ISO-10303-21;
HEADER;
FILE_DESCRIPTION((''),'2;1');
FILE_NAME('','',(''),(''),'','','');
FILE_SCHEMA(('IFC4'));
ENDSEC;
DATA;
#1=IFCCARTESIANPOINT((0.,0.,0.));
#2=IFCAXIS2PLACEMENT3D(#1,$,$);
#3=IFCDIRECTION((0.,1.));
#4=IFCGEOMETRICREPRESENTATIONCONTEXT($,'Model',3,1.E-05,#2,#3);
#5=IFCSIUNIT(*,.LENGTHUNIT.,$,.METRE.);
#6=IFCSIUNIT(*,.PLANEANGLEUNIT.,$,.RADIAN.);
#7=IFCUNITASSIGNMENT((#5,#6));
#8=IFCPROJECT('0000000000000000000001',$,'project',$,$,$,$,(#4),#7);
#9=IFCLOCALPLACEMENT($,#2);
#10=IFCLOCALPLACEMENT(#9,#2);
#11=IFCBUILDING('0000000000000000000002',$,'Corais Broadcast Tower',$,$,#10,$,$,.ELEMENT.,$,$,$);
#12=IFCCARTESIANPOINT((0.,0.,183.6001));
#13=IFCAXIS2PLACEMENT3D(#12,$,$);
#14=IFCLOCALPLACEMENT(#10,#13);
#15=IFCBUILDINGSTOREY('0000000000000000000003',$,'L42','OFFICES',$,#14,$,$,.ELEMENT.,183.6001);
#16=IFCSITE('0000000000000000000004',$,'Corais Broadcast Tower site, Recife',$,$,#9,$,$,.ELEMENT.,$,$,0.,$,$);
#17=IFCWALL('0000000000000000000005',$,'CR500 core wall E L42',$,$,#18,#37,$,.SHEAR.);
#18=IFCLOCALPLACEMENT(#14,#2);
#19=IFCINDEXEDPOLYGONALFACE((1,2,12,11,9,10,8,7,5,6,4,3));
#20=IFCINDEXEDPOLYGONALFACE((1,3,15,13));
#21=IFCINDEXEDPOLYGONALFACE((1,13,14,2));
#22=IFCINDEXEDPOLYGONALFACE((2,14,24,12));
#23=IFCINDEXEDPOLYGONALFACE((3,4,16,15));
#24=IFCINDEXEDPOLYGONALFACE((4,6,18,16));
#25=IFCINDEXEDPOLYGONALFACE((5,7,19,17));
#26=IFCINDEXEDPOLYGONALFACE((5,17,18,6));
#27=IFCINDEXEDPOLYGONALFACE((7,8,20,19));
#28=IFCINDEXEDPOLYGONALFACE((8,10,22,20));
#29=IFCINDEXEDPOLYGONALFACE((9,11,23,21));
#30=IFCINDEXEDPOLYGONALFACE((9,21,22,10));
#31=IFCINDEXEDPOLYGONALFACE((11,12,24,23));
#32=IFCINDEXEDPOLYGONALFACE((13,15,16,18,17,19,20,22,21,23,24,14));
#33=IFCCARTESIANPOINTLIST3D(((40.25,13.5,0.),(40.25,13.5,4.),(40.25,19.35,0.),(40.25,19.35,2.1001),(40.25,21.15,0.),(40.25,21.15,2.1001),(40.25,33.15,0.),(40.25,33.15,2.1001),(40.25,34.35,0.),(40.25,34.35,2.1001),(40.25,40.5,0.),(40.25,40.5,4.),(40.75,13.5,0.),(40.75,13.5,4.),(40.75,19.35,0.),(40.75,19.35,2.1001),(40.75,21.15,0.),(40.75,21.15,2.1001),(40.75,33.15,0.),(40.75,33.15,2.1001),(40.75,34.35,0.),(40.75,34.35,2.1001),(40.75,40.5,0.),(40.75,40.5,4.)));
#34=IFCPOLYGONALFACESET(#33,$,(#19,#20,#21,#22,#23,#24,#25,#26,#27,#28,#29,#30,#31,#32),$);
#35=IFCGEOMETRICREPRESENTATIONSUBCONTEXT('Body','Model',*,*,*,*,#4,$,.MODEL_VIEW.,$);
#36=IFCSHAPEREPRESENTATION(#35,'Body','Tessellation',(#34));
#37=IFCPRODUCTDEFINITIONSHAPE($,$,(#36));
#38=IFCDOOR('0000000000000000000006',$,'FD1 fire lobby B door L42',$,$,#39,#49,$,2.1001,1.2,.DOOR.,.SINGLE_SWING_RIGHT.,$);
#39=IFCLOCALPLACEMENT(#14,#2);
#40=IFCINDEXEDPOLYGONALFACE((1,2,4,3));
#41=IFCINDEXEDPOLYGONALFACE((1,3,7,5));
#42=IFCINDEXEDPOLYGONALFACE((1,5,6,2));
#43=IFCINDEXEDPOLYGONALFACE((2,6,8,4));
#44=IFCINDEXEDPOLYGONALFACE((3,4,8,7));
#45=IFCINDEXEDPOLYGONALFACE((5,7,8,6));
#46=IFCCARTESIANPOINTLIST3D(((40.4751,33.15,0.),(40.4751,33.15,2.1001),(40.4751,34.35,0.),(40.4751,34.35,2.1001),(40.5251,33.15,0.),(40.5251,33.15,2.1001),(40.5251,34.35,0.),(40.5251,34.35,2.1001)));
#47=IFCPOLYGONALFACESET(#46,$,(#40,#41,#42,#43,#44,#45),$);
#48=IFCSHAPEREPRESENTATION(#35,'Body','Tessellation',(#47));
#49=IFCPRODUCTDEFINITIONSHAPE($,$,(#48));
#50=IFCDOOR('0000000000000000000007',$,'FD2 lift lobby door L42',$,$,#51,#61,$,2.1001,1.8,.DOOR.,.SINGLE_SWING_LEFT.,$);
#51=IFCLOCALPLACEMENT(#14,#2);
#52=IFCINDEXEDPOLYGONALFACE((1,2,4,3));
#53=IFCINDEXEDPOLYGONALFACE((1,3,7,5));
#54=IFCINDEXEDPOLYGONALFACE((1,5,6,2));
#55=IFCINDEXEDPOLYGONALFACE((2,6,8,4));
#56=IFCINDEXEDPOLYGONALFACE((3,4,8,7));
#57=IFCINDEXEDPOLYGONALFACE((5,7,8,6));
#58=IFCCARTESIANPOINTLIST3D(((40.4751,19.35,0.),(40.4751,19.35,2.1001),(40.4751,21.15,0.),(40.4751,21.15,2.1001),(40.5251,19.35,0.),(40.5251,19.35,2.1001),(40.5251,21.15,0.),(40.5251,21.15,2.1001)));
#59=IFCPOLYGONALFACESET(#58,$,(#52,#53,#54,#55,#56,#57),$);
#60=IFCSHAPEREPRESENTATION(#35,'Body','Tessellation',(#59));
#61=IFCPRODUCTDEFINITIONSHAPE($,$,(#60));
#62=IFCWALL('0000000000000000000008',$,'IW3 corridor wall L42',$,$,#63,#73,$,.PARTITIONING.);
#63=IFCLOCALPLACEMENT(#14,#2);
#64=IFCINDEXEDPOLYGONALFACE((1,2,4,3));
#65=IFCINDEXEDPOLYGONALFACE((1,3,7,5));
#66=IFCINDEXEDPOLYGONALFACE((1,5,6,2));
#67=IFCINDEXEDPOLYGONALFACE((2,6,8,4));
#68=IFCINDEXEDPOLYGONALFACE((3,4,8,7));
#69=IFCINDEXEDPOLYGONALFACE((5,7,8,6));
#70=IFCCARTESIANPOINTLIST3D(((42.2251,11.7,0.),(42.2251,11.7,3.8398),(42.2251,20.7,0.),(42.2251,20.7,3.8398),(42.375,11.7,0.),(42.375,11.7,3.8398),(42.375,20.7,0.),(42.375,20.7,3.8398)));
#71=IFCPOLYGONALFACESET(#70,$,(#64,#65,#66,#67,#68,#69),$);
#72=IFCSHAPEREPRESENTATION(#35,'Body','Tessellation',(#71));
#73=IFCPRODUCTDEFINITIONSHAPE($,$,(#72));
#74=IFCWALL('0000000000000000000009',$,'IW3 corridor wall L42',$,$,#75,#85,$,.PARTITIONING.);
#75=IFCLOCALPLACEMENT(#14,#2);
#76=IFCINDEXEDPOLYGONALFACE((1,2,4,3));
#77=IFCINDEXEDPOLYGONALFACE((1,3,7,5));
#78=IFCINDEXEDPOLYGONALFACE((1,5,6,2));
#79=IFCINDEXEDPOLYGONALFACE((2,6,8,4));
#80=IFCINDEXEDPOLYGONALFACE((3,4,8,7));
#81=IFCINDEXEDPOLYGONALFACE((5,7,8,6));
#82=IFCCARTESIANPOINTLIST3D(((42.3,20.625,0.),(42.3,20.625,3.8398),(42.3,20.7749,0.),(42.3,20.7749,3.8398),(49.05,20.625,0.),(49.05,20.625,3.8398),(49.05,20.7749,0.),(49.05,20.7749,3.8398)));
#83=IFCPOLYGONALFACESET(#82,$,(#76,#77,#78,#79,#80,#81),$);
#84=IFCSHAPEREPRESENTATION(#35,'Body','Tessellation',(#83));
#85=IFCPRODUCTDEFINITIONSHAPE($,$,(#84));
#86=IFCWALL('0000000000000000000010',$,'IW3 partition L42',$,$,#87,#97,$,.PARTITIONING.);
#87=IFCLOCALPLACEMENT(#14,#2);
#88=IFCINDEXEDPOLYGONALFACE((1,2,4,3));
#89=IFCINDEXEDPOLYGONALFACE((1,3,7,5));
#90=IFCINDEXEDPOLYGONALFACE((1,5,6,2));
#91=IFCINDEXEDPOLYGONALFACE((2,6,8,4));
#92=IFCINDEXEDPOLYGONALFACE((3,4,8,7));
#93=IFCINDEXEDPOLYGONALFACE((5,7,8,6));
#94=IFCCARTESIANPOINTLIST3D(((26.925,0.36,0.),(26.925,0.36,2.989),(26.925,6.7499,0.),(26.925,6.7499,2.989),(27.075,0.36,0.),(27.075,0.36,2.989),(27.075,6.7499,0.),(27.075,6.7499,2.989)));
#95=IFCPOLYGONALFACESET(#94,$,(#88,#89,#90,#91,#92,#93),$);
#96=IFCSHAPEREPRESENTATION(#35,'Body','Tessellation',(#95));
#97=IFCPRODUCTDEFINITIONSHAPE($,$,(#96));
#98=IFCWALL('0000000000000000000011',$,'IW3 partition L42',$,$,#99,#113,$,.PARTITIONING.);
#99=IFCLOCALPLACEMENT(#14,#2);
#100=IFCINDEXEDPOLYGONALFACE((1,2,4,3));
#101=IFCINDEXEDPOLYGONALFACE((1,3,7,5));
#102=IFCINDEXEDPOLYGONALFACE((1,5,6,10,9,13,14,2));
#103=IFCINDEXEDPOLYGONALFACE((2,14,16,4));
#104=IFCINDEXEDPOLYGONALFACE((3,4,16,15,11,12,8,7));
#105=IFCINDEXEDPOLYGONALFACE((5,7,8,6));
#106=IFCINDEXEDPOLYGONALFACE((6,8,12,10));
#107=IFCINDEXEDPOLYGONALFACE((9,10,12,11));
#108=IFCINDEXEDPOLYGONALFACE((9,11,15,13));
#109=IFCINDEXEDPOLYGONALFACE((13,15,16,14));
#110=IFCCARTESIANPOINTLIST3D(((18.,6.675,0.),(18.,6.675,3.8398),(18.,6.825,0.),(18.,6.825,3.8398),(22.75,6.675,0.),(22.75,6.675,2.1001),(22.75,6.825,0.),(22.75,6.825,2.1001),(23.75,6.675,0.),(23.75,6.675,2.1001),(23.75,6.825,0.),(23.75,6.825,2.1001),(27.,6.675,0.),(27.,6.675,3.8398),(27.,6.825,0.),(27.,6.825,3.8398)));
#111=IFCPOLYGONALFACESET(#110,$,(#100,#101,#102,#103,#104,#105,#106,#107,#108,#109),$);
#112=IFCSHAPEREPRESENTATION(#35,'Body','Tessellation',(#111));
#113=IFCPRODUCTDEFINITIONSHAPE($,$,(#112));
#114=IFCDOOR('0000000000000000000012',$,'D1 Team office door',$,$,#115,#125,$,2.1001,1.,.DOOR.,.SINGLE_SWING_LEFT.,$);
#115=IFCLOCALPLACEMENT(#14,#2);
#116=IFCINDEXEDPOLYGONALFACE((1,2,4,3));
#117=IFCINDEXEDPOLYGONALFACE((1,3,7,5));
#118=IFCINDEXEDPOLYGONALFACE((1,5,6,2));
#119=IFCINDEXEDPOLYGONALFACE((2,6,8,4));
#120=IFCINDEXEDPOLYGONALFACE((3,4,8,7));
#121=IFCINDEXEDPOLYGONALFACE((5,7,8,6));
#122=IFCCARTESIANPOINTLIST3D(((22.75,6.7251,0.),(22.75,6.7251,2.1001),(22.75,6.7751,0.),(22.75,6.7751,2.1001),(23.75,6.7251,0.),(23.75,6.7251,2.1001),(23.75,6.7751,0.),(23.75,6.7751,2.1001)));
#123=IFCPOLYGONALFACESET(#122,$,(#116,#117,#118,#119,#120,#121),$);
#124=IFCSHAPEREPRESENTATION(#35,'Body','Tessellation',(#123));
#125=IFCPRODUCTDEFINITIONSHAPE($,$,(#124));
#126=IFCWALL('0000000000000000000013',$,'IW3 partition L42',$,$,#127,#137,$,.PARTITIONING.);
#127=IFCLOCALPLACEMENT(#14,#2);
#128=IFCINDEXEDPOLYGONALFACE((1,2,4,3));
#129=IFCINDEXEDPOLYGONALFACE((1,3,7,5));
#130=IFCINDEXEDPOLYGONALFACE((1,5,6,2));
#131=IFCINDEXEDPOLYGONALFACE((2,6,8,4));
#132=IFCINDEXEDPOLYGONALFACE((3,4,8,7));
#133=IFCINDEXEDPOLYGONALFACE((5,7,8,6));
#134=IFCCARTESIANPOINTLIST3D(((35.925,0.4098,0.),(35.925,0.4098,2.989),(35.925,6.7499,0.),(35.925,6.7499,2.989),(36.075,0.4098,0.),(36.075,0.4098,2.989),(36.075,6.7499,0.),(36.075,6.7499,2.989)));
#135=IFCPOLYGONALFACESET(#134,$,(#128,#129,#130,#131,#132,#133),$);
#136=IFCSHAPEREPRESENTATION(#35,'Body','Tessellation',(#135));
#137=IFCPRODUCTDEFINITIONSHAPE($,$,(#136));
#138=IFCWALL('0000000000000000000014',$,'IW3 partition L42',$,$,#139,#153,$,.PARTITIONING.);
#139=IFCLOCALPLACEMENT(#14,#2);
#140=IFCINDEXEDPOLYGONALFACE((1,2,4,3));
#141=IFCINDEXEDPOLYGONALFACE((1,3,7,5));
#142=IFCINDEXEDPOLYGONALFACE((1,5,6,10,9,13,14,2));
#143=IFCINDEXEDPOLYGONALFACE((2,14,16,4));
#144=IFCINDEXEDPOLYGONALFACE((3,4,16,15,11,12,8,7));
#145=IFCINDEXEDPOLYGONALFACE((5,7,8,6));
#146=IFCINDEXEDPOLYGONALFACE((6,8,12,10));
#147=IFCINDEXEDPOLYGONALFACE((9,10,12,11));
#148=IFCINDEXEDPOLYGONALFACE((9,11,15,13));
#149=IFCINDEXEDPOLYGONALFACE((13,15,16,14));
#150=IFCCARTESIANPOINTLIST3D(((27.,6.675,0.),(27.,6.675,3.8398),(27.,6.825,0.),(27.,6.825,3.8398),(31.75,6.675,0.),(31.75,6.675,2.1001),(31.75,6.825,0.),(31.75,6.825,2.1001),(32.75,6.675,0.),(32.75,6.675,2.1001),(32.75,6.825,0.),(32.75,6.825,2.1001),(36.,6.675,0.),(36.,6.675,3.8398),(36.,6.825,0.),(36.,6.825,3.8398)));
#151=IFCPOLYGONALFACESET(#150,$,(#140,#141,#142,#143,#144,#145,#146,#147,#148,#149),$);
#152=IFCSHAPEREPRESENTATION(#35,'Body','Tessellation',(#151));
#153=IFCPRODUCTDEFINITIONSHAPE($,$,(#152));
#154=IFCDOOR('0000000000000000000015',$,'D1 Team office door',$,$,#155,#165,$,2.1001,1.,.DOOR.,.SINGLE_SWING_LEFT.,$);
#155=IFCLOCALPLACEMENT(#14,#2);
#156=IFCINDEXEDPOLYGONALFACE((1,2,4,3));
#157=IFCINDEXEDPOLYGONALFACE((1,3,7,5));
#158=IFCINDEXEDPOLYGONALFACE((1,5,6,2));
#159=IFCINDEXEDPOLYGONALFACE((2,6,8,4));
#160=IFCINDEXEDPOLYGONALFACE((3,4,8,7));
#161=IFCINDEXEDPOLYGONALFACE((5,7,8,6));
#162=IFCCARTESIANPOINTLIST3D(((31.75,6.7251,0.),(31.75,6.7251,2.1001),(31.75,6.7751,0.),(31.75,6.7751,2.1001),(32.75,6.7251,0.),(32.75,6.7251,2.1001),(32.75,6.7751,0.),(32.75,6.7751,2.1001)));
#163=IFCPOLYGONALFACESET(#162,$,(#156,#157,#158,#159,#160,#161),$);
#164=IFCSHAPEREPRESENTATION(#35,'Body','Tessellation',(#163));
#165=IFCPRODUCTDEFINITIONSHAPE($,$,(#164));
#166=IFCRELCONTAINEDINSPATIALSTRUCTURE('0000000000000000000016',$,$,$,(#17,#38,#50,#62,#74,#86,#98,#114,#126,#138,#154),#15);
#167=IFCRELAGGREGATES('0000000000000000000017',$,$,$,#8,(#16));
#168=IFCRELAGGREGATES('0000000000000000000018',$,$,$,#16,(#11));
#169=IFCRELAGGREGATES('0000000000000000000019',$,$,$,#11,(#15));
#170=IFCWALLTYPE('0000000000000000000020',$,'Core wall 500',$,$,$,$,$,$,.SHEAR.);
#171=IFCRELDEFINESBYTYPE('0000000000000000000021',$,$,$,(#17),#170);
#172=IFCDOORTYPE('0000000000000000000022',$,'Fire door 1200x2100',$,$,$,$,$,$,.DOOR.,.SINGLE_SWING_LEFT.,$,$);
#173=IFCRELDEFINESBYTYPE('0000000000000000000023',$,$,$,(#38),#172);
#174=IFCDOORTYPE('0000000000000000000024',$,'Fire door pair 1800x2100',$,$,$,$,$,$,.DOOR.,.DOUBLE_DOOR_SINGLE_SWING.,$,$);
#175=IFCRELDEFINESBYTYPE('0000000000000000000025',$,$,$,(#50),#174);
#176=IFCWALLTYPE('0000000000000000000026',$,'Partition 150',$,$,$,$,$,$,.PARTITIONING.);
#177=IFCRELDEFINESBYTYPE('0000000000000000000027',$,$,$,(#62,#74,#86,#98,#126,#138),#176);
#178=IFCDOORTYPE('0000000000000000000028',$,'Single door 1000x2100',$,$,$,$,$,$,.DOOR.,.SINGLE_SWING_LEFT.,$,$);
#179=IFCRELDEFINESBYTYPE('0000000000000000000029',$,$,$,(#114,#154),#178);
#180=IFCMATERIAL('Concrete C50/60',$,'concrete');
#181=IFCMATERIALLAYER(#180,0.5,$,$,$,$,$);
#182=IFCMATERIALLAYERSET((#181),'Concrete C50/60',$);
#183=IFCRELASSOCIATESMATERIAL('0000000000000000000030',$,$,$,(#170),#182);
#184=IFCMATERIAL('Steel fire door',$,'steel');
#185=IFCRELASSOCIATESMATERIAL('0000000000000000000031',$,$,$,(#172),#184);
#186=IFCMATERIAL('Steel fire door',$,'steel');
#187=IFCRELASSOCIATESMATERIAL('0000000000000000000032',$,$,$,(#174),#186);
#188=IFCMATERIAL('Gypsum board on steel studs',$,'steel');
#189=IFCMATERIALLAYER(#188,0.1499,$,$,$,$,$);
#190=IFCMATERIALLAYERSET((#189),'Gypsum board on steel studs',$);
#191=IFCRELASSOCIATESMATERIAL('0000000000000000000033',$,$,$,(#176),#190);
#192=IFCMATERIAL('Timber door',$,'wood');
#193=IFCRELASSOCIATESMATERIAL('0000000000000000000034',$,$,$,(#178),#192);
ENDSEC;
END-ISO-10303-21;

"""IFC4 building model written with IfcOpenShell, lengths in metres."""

from ifc_helpers import new_model, si_unit, direction, frame, frame_2d, origin, place, context, subcontext, project, spatial, rectangle, extrude, material, layer, layer_set, type_object, element, fill, save


model = new_model("IFC4")

# Units and contexts
model_context = context("Model", 3, precision=1e-05, world=origin(), true_north=direction((0.0, 1.0)))
body_context = subcontext(model_context, "Body", "Model", "MODEL_VIEW")
ifc_project = project(units=[si_unit("LENGTHUNIT", "METRE"), si_unit("PLANEANGLEUNIT", "RADIAN")], contexts=[model_context])

# Site, building, storey
site_placement = place(None, origin())
site = spatial("IfcSite", under=ifc_project, at=site_placement, Name="Corais Broadcast Tower site, Recife", CompositionType="ELEMENT", RefElevation=0.0)
building_placement = place(site_placement, origin())
building = spatial("IfcBuilding", under=site, at=building_placement, Name="Corais Broadcast Tower", CompositionType="ELEMENT")
storey_placement = place(building_placement, frame((0.0, 0.0, 183.6001)))
storey = spatial("IfcBuildingStorey", under=building, at=storey_placement, Name="L42", Description="OFFICES", CompositionType="ELEMENT", Elevation=183.6001)

# Wall, openings, doors
ifc_material_1 = material(Name="Concrete C50/60", Category="concrete")
ifc_layer_1 = layer(ifc_material_1, 0.5)
ifc_layer_set_1 = layer_set([ifc_layer_1], Name="Concrete C50/60")
wall_type_1 = type_object("IfcWallType", Name="Core wall 500", PredefinedType="SHEAR", material=ifc_layer_set_1)
wall_1_placement = place(storey_placement, frame((40.5, 13.5, 0.0), z_axis=(0.0, 0.0, 1.0), x_axis=(0.0, 1.0, 0.0)))
wall_1 = element("IfcWall", 1, at=wall_1_placement, inside=storey, type_object=wall_type_1, Name="CR500 core wall E L42", PredefinedType="SHEAR", context=body_context, shape_type="SweptSolid", body=[
    extrude(rectangle(XDim=27.0, YDim=0.5, at=frame_2d((13.5, 0.0))), origin(), (0.0, 0.0, 1.0), 4.0),
])
opening_1_placement = place(wall_1_placement, frame((5.8501, 0.0, 0.0)))
opening_1 = element("IfcOpeningElement", 2, at=opening_1_placement, cuts=wall_1, PredefinedType="OPENING", context=body_context, shape_type="SweptSolid", body=[
    extrude(rectangle(XDim=1.8, YDim=2.1001, at=frame_2d((0.8999, 1.05))), frame((0.0, 0.26, 0.0), z_axis=(0.0, -1.0, 0.0), x_axis=(1.0, 0.0, 0.0)), (0.0, 0.0, 1.0), 0.52),
])
opening_2_placement = place(wall_1_placement, frame((19.6499, 0.0, 0.0)))
opening_2 = element("IfcOpeningElement", 3, at=opening_2_placement, cuts=wall_1, PredefinedType="OPENING", context=body_context, shape_type="SweptSolid", body=[
    extrude(rectangle(XDim=1.2, YDim=2.1001, at=frame_2d((0.6001, 1.05))), frame((0.0, 0.26, 0.0), z_axis=(0.0, -1.0, 0.0), x_axis=(1.0, 0.0, 0.0)), (0.0, 0.0, 1.0), 0.52),
])
ifc_material_2 = material(Name="Steel fire door", Category="steel")
door_type_1 = type_object("IfcDoorType", Name="Fire door 1200x2100", OperationType="SINGLE_SWING_LEFT", PredefinedType="DOOR", material=ifc_material_2)
door_1_placement = place(opening_2_placement, origin())
door_1 = element("IfcDoor", 4, at=door_1_placement, inside=storey, type_object=door_type_1, Name="FD1 fire lobby B door L42", OperationType="SINGLE_SWING_RIGHT", OverallHeight=2.1001, OverallWidth=1.2, PredefinedType="DOOR", context=body_context, shape_type="SweptSolid", body=[
    extrude(rectangle(XDim=1.2, YDim=2.1001, at=frame_2d((0.6001, 1.05))), frame((0.0, 0.0249, 0.0), z_axis=(0.0, -1.0, 0.0), x_axis=(1.0, 0.0, 0.0)), (0.0, 0.0, 1.0), 0.05),
])
fill(opening_2, door_1)
ifc_material_3 = material(Name="Steel fire door", Category="steel")
door_type_2 = type_object("IfcDoorType", Name="Fire door pair 1800x2100", OperationType="DOUBLE_DOOR_SINGLE_SWING", PredefinedType="DOOR", material=ifc_material_3)
door_2_placement = place(opening_1_placement, origin())
door_2 = element("IfcDoor", 5, at=door_2_placement, inside=storey, type_object=door_type_2, Name="FD2 lift lobby door L42", OperationType="SINGLE_SWING_LEFT", OverallHeight=2.1001, OverallWidth=1.8, PredefinedType="DOOR", context=body_context, shape_type="SweptSolid", body=[
    extrude(rectangle(XDim=1.8, YDim=2.1001, at=frame_2d((0.8999, 1.05))), frame((0.0, 0.0249, 0.0), z_axis=(0.0, -1.0, 0.0), x_axis=(1.0, 0.0, 0.0)), (0.0, 0.0, 1.0), 0.05),
])
fill(opening_1, door_2)

# Walls
ifc_material_4 = material(Name="Gypsum board on steel studs", Category="steel")
ifc_layer_2 = layer(ifc_material_4, 0.1499)
ifc_layer_set_2 = layer_set([ifc_layer_2], Name="Gypsum board on steel studs")
wall_type_2 = type_object("IfcWallType", Name="Partition 150", PredefinedType="PARTITIONING", material=ifc_layer_set_2)
wall_2_placement = place(storey_placement, frame((42.3, 11.7, 0.0), z_axis=(0.0, 0.0, 1.0), x_axis=(0.0, 1.0, 0.0)))
element("IfcWall", 6, at=wall_2_placement, inside=storey, type_object=wall_type_2, Name="IW3 corridor wall L42", PredefinedType="PARTITIONING", context=body_context, shape_type="SweptSolid", body=[
    extrude(rectangle(XDim=9.0, YDim=0.1499, at=frame_2d((4.5, 0.0))), origin(), (0.0, 0.0, 1.0), 3.8398),
])
wall_3_placement = place(storey_placement, frame((42.3, 20.7, 0.0), z_axis=(0.0, 0.0, 1.0), x_axis=(1.0, 0.0, 0.0)))
element("IfcWall", 7, at=wall_3_placement, inside=storey, type_object=wall_type_2, Name="IW3 corridor wall L42", PredefinedType="PARTITIONING", context=body_context, shape_type="SweptSolid", body=[
    extrude(rectangle(XDim=6.75, YDim=0.1499, at=frame_2d((3.375, 0.0))), origin(), (0.0, 0.0, 1.0), 3.8398),
])
wall_4_placement = place(storey_placement, frame((27.0, 0.3601, 0.0), z_axis=(0.0, 0.0, 1.0), x_axis=(0.0, 1.0, 0.0)))
element("IfcWall", 8, at=wall_4_placement, inside=storey, type_object=wall_type_2, Name="IW3 partition L42", PredefinedType="PARTITIONING", context=body_context, shape_type="SweptSolid", body=[
    extrude(rectangle(XDim=6.3899, YDim=0.1499, at=frame_2d((3.1948, 0.0))), origin(), (0.0, 0.0, 1.0), 2.989),
])

# Wall, opening, door
wall_5_placement = place(storey_placement, frame((27.0, 6.75, 0.0), z_axis=(0.0, 0.0, 1.0), x_axis=(-1.0, 0.0, 0.0)))
wall_5 = element("IfcWall", 9, at=wall_5_placement, inside=storey, type_object=wall_type_2, Name="IW3 partition L42", PredefinedType="PARTITIONING", context=body_context, shape_type="SweptSolid", body=[
    extrude(rectangle(XDim=9.0, YDim=0.1499, at=frame_2d((4.5, 0.0))), origin(), (0.0, 0.0, 1.0), 3.8398),
])
opening_3_placement = place(wall_5_placement, frame((3.25, 0.0, 0.0)))
opening_3 = element("IfcOpeningElement", 10, at=opening_3_placement, cuts=wall_5, PredefinedType="OPENING", context=body_context, shape_type="SweptSolid", body=[
    extrude(rectangle(XDim=1.0, YDim=2.1001, at=frame_2d((0.5, 1.05))), frame((0.0, 0.085, 0.0), z_axis=(0.0, -1.0, 0.0), x_axis=(1.0, 0.0, 0.0)), (0.0, 0.0, 1.0), 0.1699),
])
ifc_material_5 = material(Name="Timber door", Category="wood")
door_type_3 = type_object("IfcDoorType", Name="Single door 1000x2100", OperationType="SINGLE_SWING_LEFT", PredefinedType="DOOR", material=ifc_material_5)
door_3_placement = place(opening_3_placement, origin())
door_3 = element("IfcDoor", 11, at=door_3_placement, inside=storey, type_object=door_type_3, Name="D1 Team office door", OperationType="SINGLE_SWING_LEFT", OverallHeight=2.1001, OverallWidth=1.0, PredefinedType="DOOR", context=body_context, shape_type="SweptSolid", body=[
    extrude(rectangle(XDim=1.0, YDim=2.1001, at=frame_2d((0.5, 1.05))), frame((0.0, 0.0249, 0.0), z_axis=(0.0, -1.0, 0.0), x_axis=(1.0, 0.0, 0.0)), (0.0, 0.0, 1.0), 0.05),
])
fill(opening_3, door_3)

# Wall
wall_6_placement = place(storey_placement, frame((36.0, 0.4099, 0.0), z_axis=(0.0, 0.0, 1.0), x_axis=(0.0, 1.0, 0.0)))
element("IfcWall", 12, at=wall_6_placement, inside=storey, type_object=wall_type_2, Name="IW3 partition L42", PredefinedType="PARTITIONING", context=body_context, shape_type="SweptSolid", body=[
    extrude(rectangle(XDim=6.3401, YDim=0.1499, at=frame_2d((3.1699, 0.0))), origin(), (0.0, 0.0, 1.0), 2.989),
])

# Wall, opening, door
wall_7_placement = place(storey_placement, frame((36.0, 6.75, 0.0), z_axis=(0.0, 0.0, 1.0), x_axis=(-1.0, 0.0, 0.0)))
wall_7 = element("IfcWall", 13, at=wall_7_placement, inside=storey, type_object=wall_type_2, Name="IW3 partition L42", PredefinedType="PARTITIONING", context=body_context, shape_type="SweptSolid", body=[
    extrude(rectangle(XDim=9.0, YDim=0.1499, at=frame_2d((4.5, 0.0))), origin(), (0.0, 0.0, 1.0), 3.8398),
])
opening_4_placement = place(wall_7_placement, frame((3.25, 0.0, 0.0)))
opening_4 = element("IfcOpeningElement", 14, at=opening_4_placement, cuts=wall_7, PredefinedType="OPENING", context=body_context, shape_type="SweptSolid", body=[
    extrude(rectangle(XDim=1.0, YDim=2.1001, at=frame_2d((0.5, 1.05))), frame((0.0, 0.085, 0.0), z_axis=(0.0, -1.0, 0.0), x_axis=(1.0, 0.0, 0.0)), (0.0, 0.0, 1.0), 0.1699),
])
door_4_placement = place(opening_4_placement, origin())
door_4 = element("IfcDoor", 15, at=door_4_placement, inside=storey, type_object=door_type_3, Name="D1 Team office door", OperationType="SINGLE_SWING_LEFT", OverallHeight=2.1001, OverallWidth=1.0, PredefinedType="DOOR", context=body_context, shape_type="SweptSolid", body=[
    extrude(rectangle(XDim=1.0, YDim=2.1001, at=frame_2d((0.5, 1.05))), frame((0.0, 0.0249, 0.0), z_axis=(0.0, -1.0, 0.0), x_axis=(1.0, 0.0, 0.0)), (0.0, 0.0, 1.0), 0.05),
])
fill(opening_4, door_4)

save(model, "model.ifc")
